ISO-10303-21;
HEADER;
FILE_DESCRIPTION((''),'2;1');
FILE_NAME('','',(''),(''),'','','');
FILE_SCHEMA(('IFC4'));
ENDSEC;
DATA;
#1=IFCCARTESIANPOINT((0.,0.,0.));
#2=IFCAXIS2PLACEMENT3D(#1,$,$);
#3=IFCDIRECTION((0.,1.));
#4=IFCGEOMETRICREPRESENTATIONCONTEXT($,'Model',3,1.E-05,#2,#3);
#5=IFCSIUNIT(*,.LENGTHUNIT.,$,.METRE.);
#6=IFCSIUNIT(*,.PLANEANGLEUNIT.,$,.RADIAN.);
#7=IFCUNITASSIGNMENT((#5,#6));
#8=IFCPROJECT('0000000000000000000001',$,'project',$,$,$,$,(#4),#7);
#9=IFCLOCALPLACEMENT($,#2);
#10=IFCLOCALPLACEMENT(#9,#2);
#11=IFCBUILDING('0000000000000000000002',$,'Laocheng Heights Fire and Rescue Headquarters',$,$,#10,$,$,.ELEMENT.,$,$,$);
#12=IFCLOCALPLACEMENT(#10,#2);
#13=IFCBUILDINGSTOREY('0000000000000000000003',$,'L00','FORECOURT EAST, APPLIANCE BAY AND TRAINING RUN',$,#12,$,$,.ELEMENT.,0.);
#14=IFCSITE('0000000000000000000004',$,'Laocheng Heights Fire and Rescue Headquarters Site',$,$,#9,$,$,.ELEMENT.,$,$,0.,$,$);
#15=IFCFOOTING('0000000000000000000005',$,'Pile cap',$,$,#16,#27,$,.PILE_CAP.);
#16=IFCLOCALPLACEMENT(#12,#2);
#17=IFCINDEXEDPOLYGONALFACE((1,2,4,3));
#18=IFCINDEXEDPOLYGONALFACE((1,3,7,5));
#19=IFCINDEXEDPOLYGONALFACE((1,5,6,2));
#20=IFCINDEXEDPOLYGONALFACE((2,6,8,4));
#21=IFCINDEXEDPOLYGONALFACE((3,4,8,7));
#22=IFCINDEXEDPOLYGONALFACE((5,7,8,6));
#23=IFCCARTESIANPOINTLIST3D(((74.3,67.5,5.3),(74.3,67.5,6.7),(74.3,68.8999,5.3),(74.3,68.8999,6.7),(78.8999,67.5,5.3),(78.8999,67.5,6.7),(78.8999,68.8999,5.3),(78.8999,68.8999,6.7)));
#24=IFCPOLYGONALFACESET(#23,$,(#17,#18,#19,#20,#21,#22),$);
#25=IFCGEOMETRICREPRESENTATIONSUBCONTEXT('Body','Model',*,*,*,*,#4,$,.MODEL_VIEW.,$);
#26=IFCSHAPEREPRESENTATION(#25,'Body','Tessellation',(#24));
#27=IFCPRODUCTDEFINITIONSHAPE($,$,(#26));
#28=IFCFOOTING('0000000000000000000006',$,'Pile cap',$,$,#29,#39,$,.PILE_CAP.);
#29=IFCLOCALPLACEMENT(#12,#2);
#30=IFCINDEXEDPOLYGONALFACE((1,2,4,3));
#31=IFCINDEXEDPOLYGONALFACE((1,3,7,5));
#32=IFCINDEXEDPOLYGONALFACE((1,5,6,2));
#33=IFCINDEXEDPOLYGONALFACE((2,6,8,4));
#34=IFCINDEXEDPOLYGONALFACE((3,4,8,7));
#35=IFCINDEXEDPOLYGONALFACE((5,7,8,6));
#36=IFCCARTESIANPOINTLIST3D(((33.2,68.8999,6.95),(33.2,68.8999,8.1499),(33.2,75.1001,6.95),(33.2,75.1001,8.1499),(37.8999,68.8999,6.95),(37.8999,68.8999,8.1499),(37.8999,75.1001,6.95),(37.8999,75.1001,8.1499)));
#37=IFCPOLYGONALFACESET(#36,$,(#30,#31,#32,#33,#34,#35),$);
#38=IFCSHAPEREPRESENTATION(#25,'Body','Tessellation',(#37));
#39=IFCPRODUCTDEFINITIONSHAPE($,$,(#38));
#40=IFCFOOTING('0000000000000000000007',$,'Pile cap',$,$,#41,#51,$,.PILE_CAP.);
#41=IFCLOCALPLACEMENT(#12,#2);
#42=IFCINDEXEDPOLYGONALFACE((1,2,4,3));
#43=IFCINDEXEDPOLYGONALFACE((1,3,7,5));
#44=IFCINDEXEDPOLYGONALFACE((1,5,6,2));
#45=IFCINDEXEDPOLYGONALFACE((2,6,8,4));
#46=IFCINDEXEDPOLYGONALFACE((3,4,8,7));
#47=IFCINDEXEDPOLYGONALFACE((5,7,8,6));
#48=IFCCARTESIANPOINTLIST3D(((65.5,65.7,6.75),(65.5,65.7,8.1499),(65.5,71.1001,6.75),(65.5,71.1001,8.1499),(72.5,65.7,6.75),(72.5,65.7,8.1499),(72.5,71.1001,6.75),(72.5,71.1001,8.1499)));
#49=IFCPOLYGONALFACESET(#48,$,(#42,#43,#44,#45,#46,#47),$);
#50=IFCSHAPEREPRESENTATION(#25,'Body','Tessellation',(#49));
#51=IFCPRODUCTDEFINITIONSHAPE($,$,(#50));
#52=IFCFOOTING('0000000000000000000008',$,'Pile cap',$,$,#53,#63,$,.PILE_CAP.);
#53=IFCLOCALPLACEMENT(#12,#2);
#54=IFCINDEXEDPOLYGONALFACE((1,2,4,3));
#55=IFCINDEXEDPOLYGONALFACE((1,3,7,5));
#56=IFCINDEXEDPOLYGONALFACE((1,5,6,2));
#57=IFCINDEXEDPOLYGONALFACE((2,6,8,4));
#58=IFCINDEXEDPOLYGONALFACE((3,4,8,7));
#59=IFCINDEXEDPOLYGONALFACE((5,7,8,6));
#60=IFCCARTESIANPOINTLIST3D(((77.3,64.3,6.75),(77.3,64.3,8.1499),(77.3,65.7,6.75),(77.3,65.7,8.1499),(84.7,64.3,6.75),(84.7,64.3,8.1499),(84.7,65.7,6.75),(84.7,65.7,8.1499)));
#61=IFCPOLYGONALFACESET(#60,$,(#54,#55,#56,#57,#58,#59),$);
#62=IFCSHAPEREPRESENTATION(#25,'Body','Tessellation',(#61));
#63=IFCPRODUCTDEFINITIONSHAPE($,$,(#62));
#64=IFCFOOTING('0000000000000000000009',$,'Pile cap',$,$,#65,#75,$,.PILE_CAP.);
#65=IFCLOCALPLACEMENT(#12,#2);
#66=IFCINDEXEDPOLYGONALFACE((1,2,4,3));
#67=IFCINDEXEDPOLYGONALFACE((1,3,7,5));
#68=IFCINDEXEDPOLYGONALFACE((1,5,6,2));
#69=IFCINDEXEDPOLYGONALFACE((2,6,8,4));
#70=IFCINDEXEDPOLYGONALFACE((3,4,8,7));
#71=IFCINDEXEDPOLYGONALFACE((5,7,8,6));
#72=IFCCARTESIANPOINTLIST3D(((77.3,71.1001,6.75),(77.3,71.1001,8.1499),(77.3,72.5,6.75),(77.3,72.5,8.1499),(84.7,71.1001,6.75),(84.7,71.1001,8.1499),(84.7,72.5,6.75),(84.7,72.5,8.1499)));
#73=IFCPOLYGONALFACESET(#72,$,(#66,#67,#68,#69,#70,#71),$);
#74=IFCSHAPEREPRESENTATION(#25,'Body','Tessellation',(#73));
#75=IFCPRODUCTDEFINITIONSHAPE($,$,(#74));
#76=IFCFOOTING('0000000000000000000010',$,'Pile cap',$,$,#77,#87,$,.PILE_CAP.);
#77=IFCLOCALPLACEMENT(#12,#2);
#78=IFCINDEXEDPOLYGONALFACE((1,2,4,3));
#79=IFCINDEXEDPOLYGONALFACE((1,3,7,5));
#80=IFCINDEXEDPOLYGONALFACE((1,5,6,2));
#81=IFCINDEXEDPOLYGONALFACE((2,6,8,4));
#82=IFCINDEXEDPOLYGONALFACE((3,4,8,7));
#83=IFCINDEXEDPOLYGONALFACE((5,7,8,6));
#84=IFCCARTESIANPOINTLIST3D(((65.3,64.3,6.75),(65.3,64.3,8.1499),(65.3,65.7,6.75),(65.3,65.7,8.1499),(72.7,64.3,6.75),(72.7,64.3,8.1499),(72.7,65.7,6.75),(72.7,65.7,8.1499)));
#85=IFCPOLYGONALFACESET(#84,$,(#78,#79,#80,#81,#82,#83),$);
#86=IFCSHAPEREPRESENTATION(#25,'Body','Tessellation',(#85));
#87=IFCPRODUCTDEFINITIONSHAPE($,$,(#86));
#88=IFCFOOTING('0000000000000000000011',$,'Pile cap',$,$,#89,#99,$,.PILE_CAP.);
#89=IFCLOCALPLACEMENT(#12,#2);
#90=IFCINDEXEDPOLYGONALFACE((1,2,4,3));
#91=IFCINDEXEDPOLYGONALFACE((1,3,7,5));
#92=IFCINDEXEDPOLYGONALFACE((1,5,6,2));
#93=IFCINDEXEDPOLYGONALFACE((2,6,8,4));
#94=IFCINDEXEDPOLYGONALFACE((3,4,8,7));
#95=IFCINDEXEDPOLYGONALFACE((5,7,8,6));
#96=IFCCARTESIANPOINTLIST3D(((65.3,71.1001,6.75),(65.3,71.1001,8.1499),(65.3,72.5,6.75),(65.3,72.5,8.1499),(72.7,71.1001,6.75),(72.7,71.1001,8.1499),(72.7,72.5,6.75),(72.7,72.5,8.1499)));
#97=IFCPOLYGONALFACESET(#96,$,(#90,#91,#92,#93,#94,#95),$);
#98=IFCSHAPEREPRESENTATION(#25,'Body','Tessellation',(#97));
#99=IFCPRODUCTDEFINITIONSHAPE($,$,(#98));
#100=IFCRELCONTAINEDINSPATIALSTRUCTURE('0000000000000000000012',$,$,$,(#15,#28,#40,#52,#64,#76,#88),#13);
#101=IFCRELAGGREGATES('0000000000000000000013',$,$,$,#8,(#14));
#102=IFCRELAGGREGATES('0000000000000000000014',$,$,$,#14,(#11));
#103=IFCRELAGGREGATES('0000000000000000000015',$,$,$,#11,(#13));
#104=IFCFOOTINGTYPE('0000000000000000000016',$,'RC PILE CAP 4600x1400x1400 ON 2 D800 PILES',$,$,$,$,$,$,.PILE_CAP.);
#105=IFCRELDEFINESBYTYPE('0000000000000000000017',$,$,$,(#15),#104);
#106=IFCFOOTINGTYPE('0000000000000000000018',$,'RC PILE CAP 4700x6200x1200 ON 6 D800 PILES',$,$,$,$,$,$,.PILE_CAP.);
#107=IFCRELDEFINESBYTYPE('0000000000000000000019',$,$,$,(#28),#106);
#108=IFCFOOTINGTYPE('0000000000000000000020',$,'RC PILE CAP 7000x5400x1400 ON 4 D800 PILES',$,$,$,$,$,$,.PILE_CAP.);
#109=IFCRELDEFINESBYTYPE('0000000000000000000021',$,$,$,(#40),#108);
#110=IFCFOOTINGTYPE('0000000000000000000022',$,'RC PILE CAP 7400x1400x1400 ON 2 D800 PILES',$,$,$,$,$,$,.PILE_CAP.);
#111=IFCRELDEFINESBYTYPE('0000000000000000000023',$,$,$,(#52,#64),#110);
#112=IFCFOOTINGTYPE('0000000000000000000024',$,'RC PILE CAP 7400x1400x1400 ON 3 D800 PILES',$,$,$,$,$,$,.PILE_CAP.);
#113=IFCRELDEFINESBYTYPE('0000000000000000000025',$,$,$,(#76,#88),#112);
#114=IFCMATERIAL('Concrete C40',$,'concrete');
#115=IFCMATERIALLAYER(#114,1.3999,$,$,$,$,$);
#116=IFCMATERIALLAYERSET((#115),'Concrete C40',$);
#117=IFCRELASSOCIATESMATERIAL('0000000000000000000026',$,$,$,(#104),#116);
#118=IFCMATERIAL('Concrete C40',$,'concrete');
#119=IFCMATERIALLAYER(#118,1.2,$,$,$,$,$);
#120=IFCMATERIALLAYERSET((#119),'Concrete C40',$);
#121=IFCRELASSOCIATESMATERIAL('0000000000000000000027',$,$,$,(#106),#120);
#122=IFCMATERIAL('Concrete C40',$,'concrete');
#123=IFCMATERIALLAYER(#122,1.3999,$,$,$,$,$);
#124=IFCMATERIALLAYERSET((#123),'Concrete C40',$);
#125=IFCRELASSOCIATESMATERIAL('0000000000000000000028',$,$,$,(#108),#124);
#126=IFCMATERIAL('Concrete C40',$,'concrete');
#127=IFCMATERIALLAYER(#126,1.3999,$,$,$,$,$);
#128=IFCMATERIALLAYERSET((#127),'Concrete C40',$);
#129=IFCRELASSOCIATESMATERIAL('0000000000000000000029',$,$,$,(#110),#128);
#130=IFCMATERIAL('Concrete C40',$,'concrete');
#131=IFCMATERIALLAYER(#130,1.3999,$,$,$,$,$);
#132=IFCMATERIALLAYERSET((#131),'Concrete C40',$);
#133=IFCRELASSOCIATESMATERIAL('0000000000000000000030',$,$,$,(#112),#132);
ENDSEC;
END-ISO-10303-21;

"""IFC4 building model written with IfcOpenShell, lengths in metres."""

from ifc_helpers import new_model, si_unit, direction, frame, origin, place, context, subcontext, project, spatial, polyline, outline, extrude, material, layer, layer_set, type_object, element, save


model = new_model("IFC4")

# Units and contexts
model_context = context("Model", 3, precision=1e-05, world=origin(), true_north=direction((0.0, 1.0)))
body_context = subcontext(model_context, "Body", "Model", "MODEL_VIEW")
ifc_project = project(units=[si_unit("LENGTHUNIT", "METRE"), si_unit("PLANEANGLEUNIT", "RADIAN")], contexts=[model_context])

# Site, building, storey
site_placement = place(None, origin())
site = spatial("IfcSite", under=ifc_project, at=site_placement, Name="Laocheng Heights Fire and Rescue Headquarters Site", CompositionType="ELEMENT", RefElevation=0.0)
building_placement = place(site_placement, origin())
building = spatial("IfcBuilding", under=site, at=building_placement, Name="Laocheng Heights Fire and Rescue Headquarters", CompositionType="ELEMENT")
storey_placement = place(building_placement, origin())
storey = spatial("IfcBuildingStorey", under=building, at=storey_placement, Name="L00", Description="FORECOURT EAST, APPLIANCE BAY AND TRAINING RUN", CompositionType="ELEMENT", Elevation=0.0)

# Footings
ifc_material_1 = material(Name="Concrete C40", Category="concrete")
ifc_layer_1 = layer(ifc_material_1, 1.3999)
ifc_layer_set_1 = layer_set([ifc_layer_1], Name="Concrete C40")
footing_type_1 = type_object("IfcFootingType", Name="RC PILE CAP 4600x1400x1400 ON 2 D800 PILES", PredefinedType="PILE_CAP", material=ifc_layer_set_1)
footing_1_placement = place(storey_placement, frame((0.0, 0.0, 5.3)))
element("IfcFooting", 1, at=footing_1_placement, inside=storey, type_object=footing_type_1, Name="Pile cap", PredefinedType="PILE_CAP", context=body_context, shape_type="SweptSolid", body=[
    extrude(outline(polyline([(78.8999, 67.5), (78.8999, 68.8999), (74.3, 68.8999), (74.3, 67.5), (78.8999, 67.5)])), origin(), (0.0, 0.0, 1.0), 1.3999),
])
ifc_material_2 = material(Name="Concrete C40", Category="concrete")
ifc_layer_2 = layer(ifc_material_2, 1.2)
ifc_layer_set_2 = layer_set([ifc_layer_2], Name="Concrete C40")
footing_type_2 = type_object("IfcFootingType", Name="RC PILE CAP 4700x6200x1200 ON 6 D800 PILES", PredefinedType="PILE_CAP", material=ifc_layer_set_2)
footing_2_placement = place(storey_placement, frame((0.0, 0.0, 6.95)))
element("IfcFooting", 2, at=footing_2_placement, inside=storey, type_object=footing_type_2, Name="Pile cap", PredefinedType="PILE_CAP", context=body_context, shape_type="SweptSolid", body=[
    extrude(outline(polyline([(37.8999, 68.8999), (37.8999, 75.1001), (33.2, 75.1001), (33.2, 68.8999), (37.8999, 68.8999)])), origin(), (0.0, 0.0, 1.0), 1.2),
])
ifc_material_3 = material(Name="Concrete C40", Category="concrete")
ifc_layer_3 = layer(ifc_material_3, 1.3999)
ifc_layer_set_3 = layer_set([ifc_layer_3], Name="Concrete C40")
footing_type_3 = type_object("IfcFootingType", Name="RC PILE CAP 7000x5400x1400 ON 4 D800 PILES", PredefinedType="PILE_CAP", material=ifc_layer_set_3)
footing_3_placement = place(storey_placement, frame((0.0, 0.0, 6.75)))
element("IfcFooting", 3, at=footing_3_placement, inside=storey, type_object=footing_type_3, Name="Pile cap", PredefinedType="PILE_CAP", context=body_context, shape_type="SweptSolid", body=[
    extrude(outline(polyline([(72.5, 65.7), (72.5, 71.1001), (65.5, 71.1001), (65.5, 65.7), (72.5, 65.7)])), origin(), (0.0, 0.0, 1.0), 1.3999),
])
ifc_material_4 = material(Name="Concrete C40", Category="concrete")
ifc_layer_4 = layer(ifc_material_4, 1.3999)
ifc_layer_set_4 = layer_set([ifc_layer_4], Name="Concrete C40")
footing_type_4 = type_object("IfcFootingType", Name="RC PILE CAP 7400x1400x1400 ON 2 D800 PILES", PredefinedType="PILE_CAP", material=ifc_layer_set_4)
footing_4_placement = place(storey_placement, frame((0.0, 0.0, 6.75)))
element("IfcFooting", 4, at=footing_4_placement, inside=storey, type_object=footing_type_4, Name="Pile cap", PredefinedType="PILE_CAP", context=body_context, shape_type="SweptSolid", body=[
    extrude(outline(polyline([(84.7, 64.3), (84.7, 65.7), (77.3, 65.7), (77.3, 64.3), (84.7, 64.3)])), origin(), (0.0, 0.0, 1.0), 1.3999),
])
footing_5_placement = place(storey_placement, frame((0.0, 0.0, 6.75)))
element("IfcFooting", 5, at=footing_5_placement, inside=storey, type_object=footing_type_4, Name="Pile cap", PredefinedType="PILE_CAP", context=body_context, shape_type="SweptSolid", body=[
    extrude(outline(polyline([(84.7, 71.1001), (84.7, 72.5), (77.3, 72.5), (77.3, 71.1001), (84.7, 71.1001)])), origin(), (0.0, 0.0, 1.0), 1.3999),
])
ifc_material_5 = material(Name="Concrete C40", Category="concrete")
ifc_layer_5 = layer(ifc_material_5, 1.3999)
ifc_layer_set_5 = layer_set([ifc_layer_5], Name="Concrete C40")
footing_type_5 = type_object("IfcFootingType", Name="RC PILE CAP 7400x1400x1400 ON 3 D800 PILES", PredefinedType="PILE_CAP", material=ifc_layer_set_5)
footing_6_placement = place(storey_placement, frame((0.0, 0.0, 6.75)))
element("IfcFooting", 6, at=footing_6_placement, inside=storey, type_object=footing_type_5, Name="Pile cap", PredefinedType="PILE_CAP", context=body_context, shape_type="SweptSolid", body=[
    extrude(outline(polyline([(72.7, 64.3), (72.7, 65.7), (65.3, 65.7), (65.3, 64.3), (72.7, 64.3)])), origin(), (0.0, 0.0, 1.0), 1.3999),
])
footing_7_placement = place(storey_placement, frame((0.0, 0.0, 6.75)))
element("IfcFooting", 7, at=footing_7_placement, inside=storey, type_object=footing_type_5, Name="Pile cap", PredefinedType="PILE_CAP", context=body_context, shape_type="SweptSolid", body=[
    extrude(outline(polyline([(72.7, 71.1001), (72.7, 72.5), (65.3, 72.5), (65.3, 71.1001), (72.7, 71.1001)])), origin(), (0.0, 0.0, 1.0), 1.3999),
])

save(model, "model.ifc")
